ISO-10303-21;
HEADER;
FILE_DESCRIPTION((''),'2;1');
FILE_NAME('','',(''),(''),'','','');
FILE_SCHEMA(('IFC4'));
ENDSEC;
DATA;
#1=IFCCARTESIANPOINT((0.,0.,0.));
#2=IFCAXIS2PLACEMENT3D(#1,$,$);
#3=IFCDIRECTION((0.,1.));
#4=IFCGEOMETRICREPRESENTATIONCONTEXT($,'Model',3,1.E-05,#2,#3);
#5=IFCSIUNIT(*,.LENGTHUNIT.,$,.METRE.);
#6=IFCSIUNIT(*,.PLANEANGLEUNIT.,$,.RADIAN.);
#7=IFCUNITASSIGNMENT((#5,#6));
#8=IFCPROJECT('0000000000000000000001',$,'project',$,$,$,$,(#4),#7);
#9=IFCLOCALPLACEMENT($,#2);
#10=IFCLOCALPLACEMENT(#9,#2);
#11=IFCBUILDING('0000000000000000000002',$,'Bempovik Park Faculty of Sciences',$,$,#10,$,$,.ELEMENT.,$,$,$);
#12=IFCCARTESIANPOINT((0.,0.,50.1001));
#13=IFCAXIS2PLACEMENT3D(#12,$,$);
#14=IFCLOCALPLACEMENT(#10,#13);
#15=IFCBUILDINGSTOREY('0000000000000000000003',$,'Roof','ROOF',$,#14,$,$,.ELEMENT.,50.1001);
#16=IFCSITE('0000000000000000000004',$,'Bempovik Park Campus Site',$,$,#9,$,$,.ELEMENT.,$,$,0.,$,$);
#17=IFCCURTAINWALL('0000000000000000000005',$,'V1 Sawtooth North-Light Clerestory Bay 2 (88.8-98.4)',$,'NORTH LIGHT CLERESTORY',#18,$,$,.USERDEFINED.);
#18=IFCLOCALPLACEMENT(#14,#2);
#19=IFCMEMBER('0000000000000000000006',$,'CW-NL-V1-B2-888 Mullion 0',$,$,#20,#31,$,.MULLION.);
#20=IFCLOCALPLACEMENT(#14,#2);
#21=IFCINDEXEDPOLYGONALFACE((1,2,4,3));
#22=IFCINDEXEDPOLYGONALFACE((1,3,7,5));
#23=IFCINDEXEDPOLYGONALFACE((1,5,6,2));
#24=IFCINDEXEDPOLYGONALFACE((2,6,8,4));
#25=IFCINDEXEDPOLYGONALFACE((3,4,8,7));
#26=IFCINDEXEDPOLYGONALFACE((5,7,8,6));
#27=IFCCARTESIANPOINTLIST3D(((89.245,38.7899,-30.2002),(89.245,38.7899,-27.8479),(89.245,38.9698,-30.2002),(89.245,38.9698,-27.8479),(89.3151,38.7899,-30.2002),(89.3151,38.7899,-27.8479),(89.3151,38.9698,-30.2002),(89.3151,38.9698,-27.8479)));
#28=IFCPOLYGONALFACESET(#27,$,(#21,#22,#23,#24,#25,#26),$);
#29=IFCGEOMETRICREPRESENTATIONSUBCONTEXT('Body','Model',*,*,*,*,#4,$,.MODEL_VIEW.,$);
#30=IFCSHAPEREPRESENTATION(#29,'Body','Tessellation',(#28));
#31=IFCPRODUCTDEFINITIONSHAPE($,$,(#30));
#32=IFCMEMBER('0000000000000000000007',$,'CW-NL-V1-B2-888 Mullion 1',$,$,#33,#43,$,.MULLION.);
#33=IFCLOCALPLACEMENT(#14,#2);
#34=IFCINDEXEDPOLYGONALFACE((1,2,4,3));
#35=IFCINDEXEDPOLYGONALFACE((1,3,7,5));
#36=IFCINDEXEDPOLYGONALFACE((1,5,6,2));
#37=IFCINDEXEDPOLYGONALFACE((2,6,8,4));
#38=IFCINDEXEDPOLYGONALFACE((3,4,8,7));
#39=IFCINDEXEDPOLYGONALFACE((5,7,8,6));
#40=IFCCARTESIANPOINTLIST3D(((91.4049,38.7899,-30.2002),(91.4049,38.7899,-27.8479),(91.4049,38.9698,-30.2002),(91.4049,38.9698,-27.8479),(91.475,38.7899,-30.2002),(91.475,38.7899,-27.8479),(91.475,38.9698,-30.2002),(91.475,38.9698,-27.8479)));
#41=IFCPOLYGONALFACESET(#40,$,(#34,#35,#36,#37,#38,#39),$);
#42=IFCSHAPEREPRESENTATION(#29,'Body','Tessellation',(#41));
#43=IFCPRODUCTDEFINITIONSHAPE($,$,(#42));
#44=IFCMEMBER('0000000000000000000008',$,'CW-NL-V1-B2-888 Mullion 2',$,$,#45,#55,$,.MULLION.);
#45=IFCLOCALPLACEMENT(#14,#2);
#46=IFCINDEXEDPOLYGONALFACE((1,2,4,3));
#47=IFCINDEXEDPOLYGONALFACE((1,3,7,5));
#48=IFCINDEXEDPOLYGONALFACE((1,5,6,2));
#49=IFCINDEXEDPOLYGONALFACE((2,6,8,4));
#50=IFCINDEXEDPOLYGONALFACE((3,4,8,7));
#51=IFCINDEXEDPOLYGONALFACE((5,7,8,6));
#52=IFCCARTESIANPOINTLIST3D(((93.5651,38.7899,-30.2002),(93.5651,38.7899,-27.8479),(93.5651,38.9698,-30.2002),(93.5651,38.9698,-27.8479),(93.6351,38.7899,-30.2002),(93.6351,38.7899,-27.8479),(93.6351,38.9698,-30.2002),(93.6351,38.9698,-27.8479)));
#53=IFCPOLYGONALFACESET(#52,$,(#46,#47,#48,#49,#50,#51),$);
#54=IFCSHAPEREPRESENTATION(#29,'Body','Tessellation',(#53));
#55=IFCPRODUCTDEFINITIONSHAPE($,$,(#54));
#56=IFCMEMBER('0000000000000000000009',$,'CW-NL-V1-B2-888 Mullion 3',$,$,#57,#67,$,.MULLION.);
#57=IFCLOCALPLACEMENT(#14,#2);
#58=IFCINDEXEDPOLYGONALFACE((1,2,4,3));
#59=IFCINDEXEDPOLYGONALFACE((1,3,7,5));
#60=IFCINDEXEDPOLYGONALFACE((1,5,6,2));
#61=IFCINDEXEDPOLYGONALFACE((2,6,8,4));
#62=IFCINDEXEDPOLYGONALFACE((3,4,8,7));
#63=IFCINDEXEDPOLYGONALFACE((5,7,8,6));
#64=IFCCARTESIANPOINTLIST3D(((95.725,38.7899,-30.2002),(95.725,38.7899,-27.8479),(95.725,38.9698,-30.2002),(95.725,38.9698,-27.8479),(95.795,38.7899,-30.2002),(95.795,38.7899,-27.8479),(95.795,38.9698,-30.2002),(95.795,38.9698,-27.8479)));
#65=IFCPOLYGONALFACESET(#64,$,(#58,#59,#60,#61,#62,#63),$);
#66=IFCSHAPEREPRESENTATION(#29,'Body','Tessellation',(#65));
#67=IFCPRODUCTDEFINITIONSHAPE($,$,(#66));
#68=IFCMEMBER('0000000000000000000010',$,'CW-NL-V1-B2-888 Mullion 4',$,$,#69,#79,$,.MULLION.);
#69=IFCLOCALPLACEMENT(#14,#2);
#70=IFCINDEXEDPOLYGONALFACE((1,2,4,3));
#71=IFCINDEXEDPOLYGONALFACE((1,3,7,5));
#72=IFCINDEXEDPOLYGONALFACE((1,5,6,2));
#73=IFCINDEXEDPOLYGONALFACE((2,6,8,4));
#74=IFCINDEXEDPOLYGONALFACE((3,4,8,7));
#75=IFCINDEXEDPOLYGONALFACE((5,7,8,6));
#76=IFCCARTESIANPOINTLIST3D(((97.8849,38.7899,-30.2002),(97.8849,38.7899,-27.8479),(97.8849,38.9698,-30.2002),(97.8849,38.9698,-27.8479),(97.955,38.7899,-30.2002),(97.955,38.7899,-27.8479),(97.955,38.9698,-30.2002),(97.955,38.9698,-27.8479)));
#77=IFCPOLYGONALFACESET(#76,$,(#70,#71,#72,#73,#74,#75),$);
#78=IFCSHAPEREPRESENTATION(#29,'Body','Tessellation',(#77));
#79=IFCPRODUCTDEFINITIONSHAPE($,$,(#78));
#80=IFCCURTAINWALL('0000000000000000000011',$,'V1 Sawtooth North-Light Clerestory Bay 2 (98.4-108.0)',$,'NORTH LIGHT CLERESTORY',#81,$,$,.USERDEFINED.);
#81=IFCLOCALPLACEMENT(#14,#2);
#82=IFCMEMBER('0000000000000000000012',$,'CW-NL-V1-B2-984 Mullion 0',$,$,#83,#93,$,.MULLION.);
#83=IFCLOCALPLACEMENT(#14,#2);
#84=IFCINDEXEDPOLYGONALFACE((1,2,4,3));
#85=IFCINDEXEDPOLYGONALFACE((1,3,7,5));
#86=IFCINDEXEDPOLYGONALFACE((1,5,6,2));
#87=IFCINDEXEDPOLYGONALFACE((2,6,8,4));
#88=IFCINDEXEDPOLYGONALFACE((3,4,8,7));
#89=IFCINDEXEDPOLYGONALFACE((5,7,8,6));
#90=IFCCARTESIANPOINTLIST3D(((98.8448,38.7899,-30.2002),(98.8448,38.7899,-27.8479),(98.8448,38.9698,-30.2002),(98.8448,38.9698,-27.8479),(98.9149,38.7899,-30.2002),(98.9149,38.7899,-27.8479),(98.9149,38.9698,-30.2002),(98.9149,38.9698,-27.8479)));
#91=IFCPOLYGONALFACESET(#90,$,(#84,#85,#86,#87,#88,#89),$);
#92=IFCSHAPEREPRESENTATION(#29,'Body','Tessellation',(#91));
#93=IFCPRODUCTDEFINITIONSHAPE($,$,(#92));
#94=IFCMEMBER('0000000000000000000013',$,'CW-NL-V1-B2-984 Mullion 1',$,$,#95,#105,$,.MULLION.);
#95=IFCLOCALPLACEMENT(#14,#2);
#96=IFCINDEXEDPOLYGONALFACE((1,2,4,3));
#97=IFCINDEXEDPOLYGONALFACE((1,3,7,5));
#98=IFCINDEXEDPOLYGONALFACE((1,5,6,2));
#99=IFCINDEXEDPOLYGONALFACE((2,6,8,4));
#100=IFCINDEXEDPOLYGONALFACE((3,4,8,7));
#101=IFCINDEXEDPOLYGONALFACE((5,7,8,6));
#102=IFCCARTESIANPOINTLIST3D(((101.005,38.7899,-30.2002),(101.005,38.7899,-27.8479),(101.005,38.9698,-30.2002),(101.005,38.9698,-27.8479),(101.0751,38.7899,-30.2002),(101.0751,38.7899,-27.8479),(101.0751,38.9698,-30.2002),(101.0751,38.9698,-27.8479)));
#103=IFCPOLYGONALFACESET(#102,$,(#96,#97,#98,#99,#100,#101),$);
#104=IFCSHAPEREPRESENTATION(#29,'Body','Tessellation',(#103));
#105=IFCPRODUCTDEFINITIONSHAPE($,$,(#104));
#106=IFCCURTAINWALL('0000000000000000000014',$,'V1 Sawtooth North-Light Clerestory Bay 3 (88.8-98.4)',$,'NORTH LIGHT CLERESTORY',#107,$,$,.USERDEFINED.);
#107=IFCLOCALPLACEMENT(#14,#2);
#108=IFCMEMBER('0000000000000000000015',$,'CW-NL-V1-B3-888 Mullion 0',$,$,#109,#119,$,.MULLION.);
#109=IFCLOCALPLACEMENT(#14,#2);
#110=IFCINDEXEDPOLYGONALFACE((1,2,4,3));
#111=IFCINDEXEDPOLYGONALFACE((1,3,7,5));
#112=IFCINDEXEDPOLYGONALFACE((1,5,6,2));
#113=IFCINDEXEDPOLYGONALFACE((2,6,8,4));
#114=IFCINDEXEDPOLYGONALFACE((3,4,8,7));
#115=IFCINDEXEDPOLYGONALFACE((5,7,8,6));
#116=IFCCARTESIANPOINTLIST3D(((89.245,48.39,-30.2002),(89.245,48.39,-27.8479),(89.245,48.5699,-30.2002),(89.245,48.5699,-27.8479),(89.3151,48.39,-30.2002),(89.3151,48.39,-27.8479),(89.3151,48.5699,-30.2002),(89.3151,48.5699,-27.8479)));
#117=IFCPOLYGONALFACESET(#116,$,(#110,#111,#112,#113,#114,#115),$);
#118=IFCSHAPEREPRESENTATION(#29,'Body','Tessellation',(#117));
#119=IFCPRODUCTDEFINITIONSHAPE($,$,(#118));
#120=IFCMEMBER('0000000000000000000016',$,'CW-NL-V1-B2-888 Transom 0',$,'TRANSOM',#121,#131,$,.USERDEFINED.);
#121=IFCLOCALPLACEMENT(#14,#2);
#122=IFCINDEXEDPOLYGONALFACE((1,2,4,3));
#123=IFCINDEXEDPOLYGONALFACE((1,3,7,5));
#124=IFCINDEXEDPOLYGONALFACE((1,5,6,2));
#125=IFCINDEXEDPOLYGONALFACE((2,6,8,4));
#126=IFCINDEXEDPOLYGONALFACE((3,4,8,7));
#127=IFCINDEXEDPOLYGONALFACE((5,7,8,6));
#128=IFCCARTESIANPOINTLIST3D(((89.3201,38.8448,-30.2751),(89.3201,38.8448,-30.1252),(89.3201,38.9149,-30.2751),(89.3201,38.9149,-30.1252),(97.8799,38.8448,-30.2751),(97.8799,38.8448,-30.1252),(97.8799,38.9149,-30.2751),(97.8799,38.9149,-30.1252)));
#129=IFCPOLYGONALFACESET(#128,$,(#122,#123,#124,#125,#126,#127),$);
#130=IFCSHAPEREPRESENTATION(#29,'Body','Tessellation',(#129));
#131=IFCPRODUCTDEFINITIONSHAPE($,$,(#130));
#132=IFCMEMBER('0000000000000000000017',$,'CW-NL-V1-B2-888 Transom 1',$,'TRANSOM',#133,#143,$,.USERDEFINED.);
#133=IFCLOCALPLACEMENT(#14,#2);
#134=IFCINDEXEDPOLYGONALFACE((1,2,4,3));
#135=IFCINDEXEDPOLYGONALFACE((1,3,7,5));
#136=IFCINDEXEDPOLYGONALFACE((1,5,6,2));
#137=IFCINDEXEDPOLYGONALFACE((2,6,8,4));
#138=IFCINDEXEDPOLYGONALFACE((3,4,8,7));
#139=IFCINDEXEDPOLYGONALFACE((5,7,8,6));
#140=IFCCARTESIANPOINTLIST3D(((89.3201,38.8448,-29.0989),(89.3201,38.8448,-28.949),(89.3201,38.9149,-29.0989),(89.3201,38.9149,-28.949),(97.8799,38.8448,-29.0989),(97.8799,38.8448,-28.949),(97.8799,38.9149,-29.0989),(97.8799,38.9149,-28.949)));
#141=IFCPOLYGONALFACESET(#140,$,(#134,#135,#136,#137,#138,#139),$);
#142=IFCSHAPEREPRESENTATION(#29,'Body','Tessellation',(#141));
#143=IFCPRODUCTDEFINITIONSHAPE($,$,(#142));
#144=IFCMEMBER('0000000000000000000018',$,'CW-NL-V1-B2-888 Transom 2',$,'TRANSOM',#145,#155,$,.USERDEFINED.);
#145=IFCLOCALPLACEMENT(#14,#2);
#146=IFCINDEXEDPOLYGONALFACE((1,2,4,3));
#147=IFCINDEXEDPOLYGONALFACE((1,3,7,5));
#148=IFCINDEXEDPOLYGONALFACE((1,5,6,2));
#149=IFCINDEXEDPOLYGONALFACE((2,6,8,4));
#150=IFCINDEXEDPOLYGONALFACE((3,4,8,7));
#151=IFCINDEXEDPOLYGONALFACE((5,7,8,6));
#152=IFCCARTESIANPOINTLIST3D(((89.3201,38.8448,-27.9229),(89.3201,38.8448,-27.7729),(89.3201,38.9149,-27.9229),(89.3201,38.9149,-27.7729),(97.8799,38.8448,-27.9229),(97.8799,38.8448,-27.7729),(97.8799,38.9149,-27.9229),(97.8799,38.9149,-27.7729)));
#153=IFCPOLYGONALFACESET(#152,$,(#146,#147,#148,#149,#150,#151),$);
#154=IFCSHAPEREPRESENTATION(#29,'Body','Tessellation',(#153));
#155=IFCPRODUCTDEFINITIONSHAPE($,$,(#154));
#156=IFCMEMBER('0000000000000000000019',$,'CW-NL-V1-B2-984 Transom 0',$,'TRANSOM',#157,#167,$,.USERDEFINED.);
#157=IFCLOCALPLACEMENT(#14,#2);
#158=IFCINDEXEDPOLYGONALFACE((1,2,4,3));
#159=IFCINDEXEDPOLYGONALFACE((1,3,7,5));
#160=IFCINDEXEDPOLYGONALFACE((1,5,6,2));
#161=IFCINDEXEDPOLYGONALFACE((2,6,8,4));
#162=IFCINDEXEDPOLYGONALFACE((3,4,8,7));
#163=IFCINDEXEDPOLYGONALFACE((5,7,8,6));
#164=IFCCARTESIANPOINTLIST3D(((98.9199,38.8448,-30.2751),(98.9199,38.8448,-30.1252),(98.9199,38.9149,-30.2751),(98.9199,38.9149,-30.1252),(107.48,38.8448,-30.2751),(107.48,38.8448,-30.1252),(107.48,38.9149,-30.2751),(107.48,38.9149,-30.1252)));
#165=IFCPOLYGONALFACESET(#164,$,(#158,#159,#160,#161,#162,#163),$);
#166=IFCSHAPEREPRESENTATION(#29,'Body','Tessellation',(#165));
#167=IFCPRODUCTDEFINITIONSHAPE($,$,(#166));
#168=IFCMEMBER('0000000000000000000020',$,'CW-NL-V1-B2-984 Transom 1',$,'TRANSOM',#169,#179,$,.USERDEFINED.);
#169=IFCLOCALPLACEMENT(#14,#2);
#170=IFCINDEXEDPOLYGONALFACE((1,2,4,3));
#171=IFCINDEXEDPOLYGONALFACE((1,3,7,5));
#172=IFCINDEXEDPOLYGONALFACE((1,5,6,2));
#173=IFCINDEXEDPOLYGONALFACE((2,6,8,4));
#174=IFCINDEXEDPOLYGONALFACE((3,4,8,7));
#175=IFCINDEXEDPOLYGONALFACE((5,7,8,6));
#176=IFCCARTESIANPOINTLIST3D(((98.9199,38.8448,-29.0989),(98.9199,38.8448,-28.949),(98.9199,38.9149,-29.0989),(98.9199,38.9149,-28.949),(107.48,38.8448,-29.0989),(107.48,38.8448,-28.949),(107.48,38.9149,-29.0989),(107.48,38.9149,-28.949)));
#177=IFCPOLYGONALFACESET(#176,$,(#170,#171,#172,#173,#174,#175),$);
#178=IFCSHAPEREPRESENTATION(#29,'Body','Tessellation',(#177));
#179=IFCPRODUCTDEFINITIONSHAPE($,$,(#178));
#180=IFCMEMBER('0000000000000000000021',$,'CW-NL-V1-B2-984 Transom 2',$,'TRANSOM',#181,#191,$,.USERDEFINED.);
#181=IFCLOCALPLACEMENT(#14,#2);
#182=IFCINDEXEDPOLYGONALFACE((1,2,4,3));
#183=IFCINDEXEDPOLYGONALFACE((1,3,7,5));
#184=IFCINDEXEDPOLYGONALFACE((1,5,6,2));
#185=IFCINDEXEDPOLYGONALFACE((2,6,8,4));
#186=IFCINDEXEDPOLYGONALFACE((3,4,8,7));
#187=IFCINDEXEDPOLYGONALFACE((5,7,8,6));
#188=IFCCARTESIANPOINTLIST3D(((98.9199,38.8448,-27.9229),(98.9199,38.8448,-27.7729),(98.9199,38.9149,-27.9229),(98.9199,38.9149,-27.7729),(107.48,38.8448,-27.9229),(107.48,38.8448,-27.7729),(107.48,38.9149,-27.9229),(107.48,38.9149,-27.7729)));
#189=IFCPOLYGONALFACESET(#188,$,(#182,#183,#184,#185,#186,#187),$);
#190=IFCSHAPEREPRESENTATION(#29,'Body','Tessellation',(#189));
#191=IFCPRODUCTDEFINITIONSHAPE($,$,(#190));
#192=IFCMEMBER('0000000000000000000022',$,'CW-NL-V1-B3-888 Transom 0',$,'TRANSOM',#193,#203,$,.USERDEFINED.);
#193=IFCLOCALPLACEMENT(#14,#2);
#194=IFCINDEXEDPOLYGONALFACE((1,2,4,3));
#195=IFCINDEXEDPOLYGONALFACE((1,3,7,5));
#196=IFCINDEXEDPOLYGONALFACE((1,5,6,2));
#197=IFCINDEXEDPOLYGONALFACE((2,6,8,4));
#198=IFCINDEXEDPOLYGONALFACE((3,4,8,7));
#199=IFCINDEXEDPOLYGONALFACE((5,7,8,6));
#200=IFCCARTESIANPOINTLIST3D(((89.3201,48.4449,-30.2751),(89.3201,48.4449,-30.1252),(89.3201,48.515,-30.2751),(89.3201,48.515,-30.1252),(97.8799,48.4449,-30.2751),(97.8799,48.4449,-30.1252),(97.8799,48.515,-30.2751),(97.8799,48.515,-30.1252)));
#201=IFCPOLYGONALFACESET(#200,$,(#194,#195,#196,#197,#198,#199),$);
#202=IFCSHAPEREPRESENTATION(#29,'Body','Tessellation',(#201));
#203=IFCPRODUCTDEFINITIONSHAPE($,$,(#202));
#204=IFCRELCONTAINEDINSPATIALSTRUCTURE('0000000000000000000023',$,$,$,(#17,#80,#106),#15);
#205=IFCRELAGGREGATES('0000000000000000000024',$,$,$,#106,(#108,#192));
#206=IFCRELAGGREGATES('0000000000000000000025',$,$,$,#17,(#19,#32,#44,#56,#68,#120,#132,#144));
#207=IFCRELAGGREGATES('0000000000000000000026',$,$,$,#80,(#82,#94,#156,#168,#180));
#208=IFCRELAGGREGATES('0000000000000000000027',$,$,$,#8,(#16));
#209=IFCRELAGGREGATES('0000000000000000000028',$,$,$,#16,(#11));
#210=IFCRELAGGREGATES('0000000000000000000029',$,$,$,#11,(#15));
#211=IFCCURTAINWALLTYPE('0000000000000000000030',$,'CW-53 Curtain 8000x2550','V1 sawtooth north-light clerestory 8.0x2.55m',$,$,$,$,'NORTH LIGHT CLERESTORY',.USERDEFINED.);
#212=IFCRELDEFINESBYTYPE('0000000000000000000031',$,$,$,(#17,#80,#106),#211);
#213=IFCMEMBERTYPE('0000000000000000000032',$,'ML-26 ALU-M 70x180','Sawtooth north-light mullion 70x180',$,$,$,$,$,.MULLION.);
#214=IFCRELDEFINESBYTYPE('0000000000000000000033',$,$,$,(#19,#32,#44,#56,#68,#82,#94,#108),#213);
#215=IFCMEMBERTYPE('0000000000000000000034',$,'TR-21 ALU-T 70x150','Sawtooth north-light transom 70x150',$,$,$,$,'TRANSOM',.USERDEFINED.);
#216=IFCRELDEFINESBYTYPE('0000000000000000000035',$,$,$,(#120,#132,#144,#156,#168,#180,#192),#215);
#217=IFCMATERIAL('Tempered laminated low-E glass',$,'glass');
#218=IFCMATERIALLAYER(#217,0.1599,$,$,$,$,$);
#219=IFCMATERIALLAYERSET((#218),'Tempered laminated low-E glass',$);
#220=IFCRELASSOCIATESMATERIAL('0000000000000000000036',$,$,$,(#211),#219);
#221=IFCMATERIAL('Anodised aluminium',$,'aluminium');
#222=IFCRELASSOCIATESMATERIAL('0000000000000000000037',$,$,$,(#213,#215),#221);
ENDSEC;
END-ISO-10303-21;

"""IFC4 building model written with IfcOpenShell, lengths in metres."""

from ifc_helpers import new_model, si_unit, direction, frame, origin, origin_2d, place, context, subcontext, project, spatial, rectangle, extrude, material, layer, layer_set, material_profile, profile_set, type_object, element, aggregate, save


model = new_model("IFC4")

# Units and contexts
model_context = context("Model", 3, precision=1e-05, world=origin(), true_north=direction((0.0, 1.0)))
body_context = subcontext(model_context, "Body", "Model", "MODEL_VIEW")
ifc_project = project(units=[si_unit("LENGTHUNIT", "METRE"), si_unit("PLANEANGLEUNIT", "RADIAN")], contexts=[model_context])

# Site, building, storey
site_placement = place(None, origin())
site = spatial("IfcSite", under=ifc_project, at=site_placement, Name="Bempovik Park Campus Site", CompositionType="ELEMENT", RefElevation=0.0)
building_placement = place(site_placement, origin())
building = spatial("IfcBuilding", under=site, at=building_placement, Name="Bempovik Park Faculty of Sciences", CompositionType="ELEMENT")
storey_placement = place(building_placement, frame((0.0, 0.0, 50.1001)))
storey = spatial("IfcBuildingStorey", under=building, at=storey_placement, Name="Roof", Description="ROOF", CompositionType="ELEMENT", Elevation=50.1001)

# Curtain walls, members
ifc_material_1 = material(Name="Tempered laminated low-E glass", Category="glass")
ifc_layer_1 = layer(ifc_material_1, 0.1599)
ifc_layer_set_1 = layer_set([ifc_layer_1], Name="Tempered laminated low-E glass")
curtain_wall_type = type_object("IfcCurtainWallType", Name="CW-53 Curtain 8000x2550", Description="V1 sawtooth north-light clerestory 8.0x2.55m", ElementType="NORTH LIGHT CLERESTORY", PredefinedType="USERDEFINED", material=ifc_layer_set_1)
curtain_wall_1_placement = place(storey_placement, origin())
curtain_wall_1 = element("IfcCurtainWall", 1, at=curtain_wall_1_placement, inside=storey, type_object=curtain_wall_type, Name="V1 Sawtooth North-Light Clerestory Bay 2 (88.8-98.4)", ObjectType="NORTH LIGHT CLERESTORY", PredefinedType="USERDEFINED")
ifc_material_2 = material(Name="Anodised aluminium", Category="aluminium")
ifc_material_profile_1 = material_profile(ifc_material_2, rectangle(XDim=0.0701, YDim=0.1799, at=origin_2d()), Name="ALU-M 70x180")
ifc_profile_set_1 = profile_set([ifc_material_profile_1], Name="Anodised aluminium")
member_type_1 = type_object("IfcMemberType", Name="ML-26 ALU-M 70x180", Description="Sawtooth north-light mullion 70x180", PredefinedType="MULLION", material=ifc_profile_set_1)
member_1_placement = place(storey_placement, frame((89.28, 38.8799, -30.2002), z_axis=(0.0, 0.0, 1.0), x_axis=(1.0, 0.0, 0.0)))
member_1 = element("IfcMember", 2, at=member_1_placement, type_object=member_type_1, Name="CW-NL-V1-B2-888 Mullion 0", PredefinedType="MULLION", context=body_context, shape_type="SweptSolid", body=[
    extrude(rectangle(XDim=0.0701, YDim=0.1799, at=origin_2d()), origin(), (0.0, 0.0, 1.0), 2.3523),
])
member_2_placement = place(storey_placement, frame((91.4399, 38.8799, -30.2002), z_axis=(0.0, 0.0, 1.0), x_axis=(1.0, 0.0, 0.0)))
member_2 = element("IfcMember", 3, at=member_2_placement, type_object=member_type_1, Name="CW-NL-V1-B2-888 Mullion 1", PredefinedType="MULLION", context=body_context, shape_type="SweptSolid", body=[
    extrude(rectangle(XDim=0.0701, YDim=0.1799, at=origin_2d()), origin(), (0.0, 0.0, 1.0), 2.3523),
])
member_3_placement = place(storey_placement, frame((93.6001, 38.8799, -30.2002), z_axis=(0.0, 0.0, 1.0), x_axis=(1.0, 0.0, 0.0)))
member_3 = element("IfcMember", 4, at=member_3_placement, type_object=member_type_1, Name="CW-NL-V1-B2-888 Mullion 2", PredefinedType="MULLION", context=body_context, shape_type="SweptSolid", body=[
    extrude(rectangle(XDim=0.0701, YDim=0.1799, at=origin_2d()), origin(), (0.0, 0.0, 1.0), 2.3523),
])
member_4_placement = place(storey_placement, frame((95.76, 38.8799, -30.2002), z_axis=(0.0, 0.0, 1.0), x_axis=(1.0, 0.0, 0.0)))
member_4 = element("IfcMember", 5, at=member_4_placement, type_object=member_type_1, Name="CW-NL-V1-B2-888 Mullion 3", PredefinedType="MULLION", context=body_context, shape_type="SweptSolid", body=[
    extrude(rectangle(XDim=0.0701, YDim=0.1799, at=origin_2d()), origin(), (0.0, 0.0, 1.0), 2.3523),
])
member_5_placement = place(storey_placement, frame((97.9199, 38.8799, -30.2002), z_axis=(0.0, 0.0, 1.0), x_axis=(1.0, 0.0, 0.0)))
member_5 = element("IfcMember", 6, at=member_5_placement, type_object=member_type_1, Name="CW-NL-V1-B2-888 Mullion 4", PredefinedType="MULLION", context=body_context, shape_type="SweptSolid", body=[
    extrude(rectangle(XDim=0.0701, YDim=0.1799, at=origin_2d()), origin(), (0.0, 0.0, 1.0), 2.3523),
])
curtain_wall_2_placement = place(storey_placement, origin())
curtain_wall_2 = element("IfcCurtainWall", 7, at=curtain_wall_2_placement, inside=storey, type_object=curtain_wall_type, Name="V1 Sawtooth North-Light Clerestory Bay 2 (98.4-108.0)", ObjectType="NORTH LIGHT CLERESTORY", PredefinedType="USERDEFINED")
member_6_placement = place(storey_placement, frame((98.8799, 38.8799, -30.2002), z_axis=(0.0, 0.0, 1.0), x_axis=(1.0, 0.0, 0.0)))
member_6 = element("IfcMember", 8, at=member_6_placement, type_object=member_type_1, Name="CW-NL-V1-B2-984 Mullion 0", PredefinedType="MULLION", context=body_context, shape_type="SweptSolid", body=[
    extrude(rectangle(XDim=0.0701, YDim=0.1799, at=origin_2d()), origin(), (0.0, 0.0, 1.0), 2.3523),
])
member_7_placement = place(storey_placement, frame((101.04, 38.8799, -30.2002), z_axis=(0.0, 0.0, 1.0), x_axis=(1.0, 0.0, 0.0)))
member_7 = element("IfcMember", 9, at=member_7_placement, type_object=member_type_1, Name="CW-NL-V1-B2-984 Mullion 1", PredefinedType="MULLION", context=body_context, shape_type="SweptSolid", body=[
    extrude(rectangle(XDim=0.0701, YDim=0.1799, at=origin_2d()), origin(), (0.0, 0.0, 1.0), 2.3523),
])

# Curtain wall, member
curtain_wall_3_placement = place(storey_placement, origin())
curtain_wall_3 = element("IfcCurtainWall", 10, at=curtain_wall_3_placement, inside=storey, type_object=curtain_wall_type, Name="V1 Sawtooth North-Light Clerestory Bay 3 (88.8-98.4)", ObjectType="NORTH LIGHT CLERESTORY", PredefinedType="USERDEFINED")
member_8_placement = place(storey_placement, frame((89.28, 48.48, -30.2002), z_axis=(0.0, 0.0, 1.0), x_axis=(1.0, 0.0, 0.0)))
member_8 = element("IfcMember", 11, at=member_8_placement, type_object=member_type_1, Name="CW-NL-V1-B3-888 Mullion 0", PredefinedType="MULLION", context=body_context, shape_type="SweptSolid", body=[
    extrude(rectangle(XDim=0.0701, YDim=0.1799, at=origin_2d()), origin(), (0.0, 0.0, 1.0), 2.3523),
])

# Members
ifc_material_profile_2 = material_profile(ifc_material_2, rectangle(XDim=0.0701, YDim=0.1499, at=origin_2d()), Name="ALU-T 70x150")
ifc_profile_set_2 = profile_set([ifc_material_profile_2], Name="Anodised aluminium")
member_type_2 = type_object("IfcMemberType", Name="TR-21 ALU-T 70x150", Description="Sawtooth north-light transom 70x150", ElementType="TRANSOM", PredefinedType="USERDEFINED", material=ifc_profile_set_2)
member_9_placement = place(storey_placement, frame((89.3201, 38.8799, -30.2002), z_axis=(1.0, 0.0, 0.0), x_axis=(0.0, 1.0, 0.0)))
member_9 = element("IfcMember", 12, at=member_9_placement, type_object=member_type_2, Name="CW-NL-V1-B2-888 Transom 0", ObjectType="TRANSOM", PredefinedType="USERDEFINED", context=body_context, shape_type="SweptSolid", body=[
    extrude(rectangle(XDim=0.0701, YDim=0.1499, at=origin_2d()), origin(), (0.0, 0.0, 1.0), 8.5598),
])
member_10_placement = place(storey_placement, frame((89.3201, 38.8799, -29.0239), z_axis=(1.0, 0.0, 0.0), x_axis=(0.0, 1.0, 0.0)))
member_10 = element("IfcMember", 13, at=member_10_placement, type_object=member_type_2, Name="CW-NL-V1-B2-888 Transom 1", ObjectType="TRANSOM", PredefinedType="USERDEFINED", context=body_context, shape_type="SweptSolid", body=[
    extrude(rectangle(XDim=0.0701, YDim=0.1499, at=origin_2d()), origin(), (0.0, 0.0, 1.0), 8.5598),
])
member_11_placement = place(storey_placement, frame((89.3201, 38.8799, -27.8479), z_axis=(1.0, 0.0, 0.0), x_axis=(0.0, 1.0, 0.0)))
member_11 = element("IfcMember", 14, at=member_11_placement, type_object=member_type_2, Name="CW-NL-V1-B2-888 Transom 2", ObjectType="TRANSOM", PredefinedType="USERDEFINED", context=body_context, shape_type="SweptSolid", body=[
    extrude(rectangle(XDim=0.0701, YDim=0.1499, at=origin_2d()), origin(), (0.0, 0.0, 1.0), 8.5598),
])
member_12_placement = place(storey_placement, frame((98.9199, 38.8799, -30.2002), z_axis=(1.0, 0.0, 0.0), x_axis=(0.0, 1.0, 0.0)))
member_12 = element("IfcMember", 15, at=member_12_placement, type_object=member_type_2, Name="CW-NL-V1-B2-984 Transom 0", ObjectType="TRANSOM", PredefinedType="USERDEFINED", context=body_context, shape_type="SweptSolid", body=[
    extrude(rectangle(XDim=0.0701, YDim=0.1499, at=origin_2d()), origin(), (0.0, 0.0, 1.0), 8.5601),
])
member_13_placement = place(storey_placement, frame((98.9199, 38.8799, -29.0239), z_axis=(1.0, 0.0, 0.0), x_axis=(0.0, 1.0, 0.0)))
member_13 = element("IfcMember", 16, at=member_13_placement, type_object=member_type_2, Name="CW-NL-V1-B2-984 Transom 1", ObjectType="TRANSOM", PredefinedType="USERDEFINED", context=body_context, shape_type="SweptSolid", body=[
    extrude(rectangle(XDim=0.0701, YDim=0.1499, at=origin_2d()), origin(), (0.0, 0.0, 1.0), 8.5601),
])
member_14_placement = place(storey_placement, frame((98.9199, 38.8799, -27.8479), z_axis=(1.0, 0.0, 0.0), x_axis=(0.0, 1.0, 0.0)))
member_14 = element("IfcMember", 17, at=member_14_placement, type_object=member_type_2, Name="CW-NL-V1-B2-984 Transom 2", ObjectType="TRANSOM", PredefinedType="USERDEFINED", context=body_context, shape_type="SweptSolid", body=[
    extrude(rectangle(XDim=0.0701, YDim=0.1499, at=origin_2d()), origin(), (0.0, 0.0, 1.0), 8.5601),
])
member_15_placement = place(storey_placement, frame((89.3201, 48.48, -30.2002), z_axis=(1.0, 0.0, 0.0), x_axis=(0.0, 1.0, 0.0)))
member_15 = element("IfcMember", 18, at=member_15_placement, type_object=member_type_2, Name="CW-NL-V1-B3-888 Transom 0", ObjectType="TRANSOM", PredefinedType="USERDEFINED", context=body_context, shape_type="SweptSolid", body=[
    extrude(rectangle(XDim=0.0701, YDim=0.1499, at=origin_2d()), origin(), (0.0, 0.0, 1.0), 8.5598),
])
aggregate(curtain_wall_3, [member_8, member_15])

aggregate(curtain_wall_1, [member_1, member_2, member_3, member_4, member_5, member_9, member_10, member_11])
aggregate(curtain_wall_2, [member_6, member_7, member_12, member_13, member_14])

save(model, "model.ifc")
